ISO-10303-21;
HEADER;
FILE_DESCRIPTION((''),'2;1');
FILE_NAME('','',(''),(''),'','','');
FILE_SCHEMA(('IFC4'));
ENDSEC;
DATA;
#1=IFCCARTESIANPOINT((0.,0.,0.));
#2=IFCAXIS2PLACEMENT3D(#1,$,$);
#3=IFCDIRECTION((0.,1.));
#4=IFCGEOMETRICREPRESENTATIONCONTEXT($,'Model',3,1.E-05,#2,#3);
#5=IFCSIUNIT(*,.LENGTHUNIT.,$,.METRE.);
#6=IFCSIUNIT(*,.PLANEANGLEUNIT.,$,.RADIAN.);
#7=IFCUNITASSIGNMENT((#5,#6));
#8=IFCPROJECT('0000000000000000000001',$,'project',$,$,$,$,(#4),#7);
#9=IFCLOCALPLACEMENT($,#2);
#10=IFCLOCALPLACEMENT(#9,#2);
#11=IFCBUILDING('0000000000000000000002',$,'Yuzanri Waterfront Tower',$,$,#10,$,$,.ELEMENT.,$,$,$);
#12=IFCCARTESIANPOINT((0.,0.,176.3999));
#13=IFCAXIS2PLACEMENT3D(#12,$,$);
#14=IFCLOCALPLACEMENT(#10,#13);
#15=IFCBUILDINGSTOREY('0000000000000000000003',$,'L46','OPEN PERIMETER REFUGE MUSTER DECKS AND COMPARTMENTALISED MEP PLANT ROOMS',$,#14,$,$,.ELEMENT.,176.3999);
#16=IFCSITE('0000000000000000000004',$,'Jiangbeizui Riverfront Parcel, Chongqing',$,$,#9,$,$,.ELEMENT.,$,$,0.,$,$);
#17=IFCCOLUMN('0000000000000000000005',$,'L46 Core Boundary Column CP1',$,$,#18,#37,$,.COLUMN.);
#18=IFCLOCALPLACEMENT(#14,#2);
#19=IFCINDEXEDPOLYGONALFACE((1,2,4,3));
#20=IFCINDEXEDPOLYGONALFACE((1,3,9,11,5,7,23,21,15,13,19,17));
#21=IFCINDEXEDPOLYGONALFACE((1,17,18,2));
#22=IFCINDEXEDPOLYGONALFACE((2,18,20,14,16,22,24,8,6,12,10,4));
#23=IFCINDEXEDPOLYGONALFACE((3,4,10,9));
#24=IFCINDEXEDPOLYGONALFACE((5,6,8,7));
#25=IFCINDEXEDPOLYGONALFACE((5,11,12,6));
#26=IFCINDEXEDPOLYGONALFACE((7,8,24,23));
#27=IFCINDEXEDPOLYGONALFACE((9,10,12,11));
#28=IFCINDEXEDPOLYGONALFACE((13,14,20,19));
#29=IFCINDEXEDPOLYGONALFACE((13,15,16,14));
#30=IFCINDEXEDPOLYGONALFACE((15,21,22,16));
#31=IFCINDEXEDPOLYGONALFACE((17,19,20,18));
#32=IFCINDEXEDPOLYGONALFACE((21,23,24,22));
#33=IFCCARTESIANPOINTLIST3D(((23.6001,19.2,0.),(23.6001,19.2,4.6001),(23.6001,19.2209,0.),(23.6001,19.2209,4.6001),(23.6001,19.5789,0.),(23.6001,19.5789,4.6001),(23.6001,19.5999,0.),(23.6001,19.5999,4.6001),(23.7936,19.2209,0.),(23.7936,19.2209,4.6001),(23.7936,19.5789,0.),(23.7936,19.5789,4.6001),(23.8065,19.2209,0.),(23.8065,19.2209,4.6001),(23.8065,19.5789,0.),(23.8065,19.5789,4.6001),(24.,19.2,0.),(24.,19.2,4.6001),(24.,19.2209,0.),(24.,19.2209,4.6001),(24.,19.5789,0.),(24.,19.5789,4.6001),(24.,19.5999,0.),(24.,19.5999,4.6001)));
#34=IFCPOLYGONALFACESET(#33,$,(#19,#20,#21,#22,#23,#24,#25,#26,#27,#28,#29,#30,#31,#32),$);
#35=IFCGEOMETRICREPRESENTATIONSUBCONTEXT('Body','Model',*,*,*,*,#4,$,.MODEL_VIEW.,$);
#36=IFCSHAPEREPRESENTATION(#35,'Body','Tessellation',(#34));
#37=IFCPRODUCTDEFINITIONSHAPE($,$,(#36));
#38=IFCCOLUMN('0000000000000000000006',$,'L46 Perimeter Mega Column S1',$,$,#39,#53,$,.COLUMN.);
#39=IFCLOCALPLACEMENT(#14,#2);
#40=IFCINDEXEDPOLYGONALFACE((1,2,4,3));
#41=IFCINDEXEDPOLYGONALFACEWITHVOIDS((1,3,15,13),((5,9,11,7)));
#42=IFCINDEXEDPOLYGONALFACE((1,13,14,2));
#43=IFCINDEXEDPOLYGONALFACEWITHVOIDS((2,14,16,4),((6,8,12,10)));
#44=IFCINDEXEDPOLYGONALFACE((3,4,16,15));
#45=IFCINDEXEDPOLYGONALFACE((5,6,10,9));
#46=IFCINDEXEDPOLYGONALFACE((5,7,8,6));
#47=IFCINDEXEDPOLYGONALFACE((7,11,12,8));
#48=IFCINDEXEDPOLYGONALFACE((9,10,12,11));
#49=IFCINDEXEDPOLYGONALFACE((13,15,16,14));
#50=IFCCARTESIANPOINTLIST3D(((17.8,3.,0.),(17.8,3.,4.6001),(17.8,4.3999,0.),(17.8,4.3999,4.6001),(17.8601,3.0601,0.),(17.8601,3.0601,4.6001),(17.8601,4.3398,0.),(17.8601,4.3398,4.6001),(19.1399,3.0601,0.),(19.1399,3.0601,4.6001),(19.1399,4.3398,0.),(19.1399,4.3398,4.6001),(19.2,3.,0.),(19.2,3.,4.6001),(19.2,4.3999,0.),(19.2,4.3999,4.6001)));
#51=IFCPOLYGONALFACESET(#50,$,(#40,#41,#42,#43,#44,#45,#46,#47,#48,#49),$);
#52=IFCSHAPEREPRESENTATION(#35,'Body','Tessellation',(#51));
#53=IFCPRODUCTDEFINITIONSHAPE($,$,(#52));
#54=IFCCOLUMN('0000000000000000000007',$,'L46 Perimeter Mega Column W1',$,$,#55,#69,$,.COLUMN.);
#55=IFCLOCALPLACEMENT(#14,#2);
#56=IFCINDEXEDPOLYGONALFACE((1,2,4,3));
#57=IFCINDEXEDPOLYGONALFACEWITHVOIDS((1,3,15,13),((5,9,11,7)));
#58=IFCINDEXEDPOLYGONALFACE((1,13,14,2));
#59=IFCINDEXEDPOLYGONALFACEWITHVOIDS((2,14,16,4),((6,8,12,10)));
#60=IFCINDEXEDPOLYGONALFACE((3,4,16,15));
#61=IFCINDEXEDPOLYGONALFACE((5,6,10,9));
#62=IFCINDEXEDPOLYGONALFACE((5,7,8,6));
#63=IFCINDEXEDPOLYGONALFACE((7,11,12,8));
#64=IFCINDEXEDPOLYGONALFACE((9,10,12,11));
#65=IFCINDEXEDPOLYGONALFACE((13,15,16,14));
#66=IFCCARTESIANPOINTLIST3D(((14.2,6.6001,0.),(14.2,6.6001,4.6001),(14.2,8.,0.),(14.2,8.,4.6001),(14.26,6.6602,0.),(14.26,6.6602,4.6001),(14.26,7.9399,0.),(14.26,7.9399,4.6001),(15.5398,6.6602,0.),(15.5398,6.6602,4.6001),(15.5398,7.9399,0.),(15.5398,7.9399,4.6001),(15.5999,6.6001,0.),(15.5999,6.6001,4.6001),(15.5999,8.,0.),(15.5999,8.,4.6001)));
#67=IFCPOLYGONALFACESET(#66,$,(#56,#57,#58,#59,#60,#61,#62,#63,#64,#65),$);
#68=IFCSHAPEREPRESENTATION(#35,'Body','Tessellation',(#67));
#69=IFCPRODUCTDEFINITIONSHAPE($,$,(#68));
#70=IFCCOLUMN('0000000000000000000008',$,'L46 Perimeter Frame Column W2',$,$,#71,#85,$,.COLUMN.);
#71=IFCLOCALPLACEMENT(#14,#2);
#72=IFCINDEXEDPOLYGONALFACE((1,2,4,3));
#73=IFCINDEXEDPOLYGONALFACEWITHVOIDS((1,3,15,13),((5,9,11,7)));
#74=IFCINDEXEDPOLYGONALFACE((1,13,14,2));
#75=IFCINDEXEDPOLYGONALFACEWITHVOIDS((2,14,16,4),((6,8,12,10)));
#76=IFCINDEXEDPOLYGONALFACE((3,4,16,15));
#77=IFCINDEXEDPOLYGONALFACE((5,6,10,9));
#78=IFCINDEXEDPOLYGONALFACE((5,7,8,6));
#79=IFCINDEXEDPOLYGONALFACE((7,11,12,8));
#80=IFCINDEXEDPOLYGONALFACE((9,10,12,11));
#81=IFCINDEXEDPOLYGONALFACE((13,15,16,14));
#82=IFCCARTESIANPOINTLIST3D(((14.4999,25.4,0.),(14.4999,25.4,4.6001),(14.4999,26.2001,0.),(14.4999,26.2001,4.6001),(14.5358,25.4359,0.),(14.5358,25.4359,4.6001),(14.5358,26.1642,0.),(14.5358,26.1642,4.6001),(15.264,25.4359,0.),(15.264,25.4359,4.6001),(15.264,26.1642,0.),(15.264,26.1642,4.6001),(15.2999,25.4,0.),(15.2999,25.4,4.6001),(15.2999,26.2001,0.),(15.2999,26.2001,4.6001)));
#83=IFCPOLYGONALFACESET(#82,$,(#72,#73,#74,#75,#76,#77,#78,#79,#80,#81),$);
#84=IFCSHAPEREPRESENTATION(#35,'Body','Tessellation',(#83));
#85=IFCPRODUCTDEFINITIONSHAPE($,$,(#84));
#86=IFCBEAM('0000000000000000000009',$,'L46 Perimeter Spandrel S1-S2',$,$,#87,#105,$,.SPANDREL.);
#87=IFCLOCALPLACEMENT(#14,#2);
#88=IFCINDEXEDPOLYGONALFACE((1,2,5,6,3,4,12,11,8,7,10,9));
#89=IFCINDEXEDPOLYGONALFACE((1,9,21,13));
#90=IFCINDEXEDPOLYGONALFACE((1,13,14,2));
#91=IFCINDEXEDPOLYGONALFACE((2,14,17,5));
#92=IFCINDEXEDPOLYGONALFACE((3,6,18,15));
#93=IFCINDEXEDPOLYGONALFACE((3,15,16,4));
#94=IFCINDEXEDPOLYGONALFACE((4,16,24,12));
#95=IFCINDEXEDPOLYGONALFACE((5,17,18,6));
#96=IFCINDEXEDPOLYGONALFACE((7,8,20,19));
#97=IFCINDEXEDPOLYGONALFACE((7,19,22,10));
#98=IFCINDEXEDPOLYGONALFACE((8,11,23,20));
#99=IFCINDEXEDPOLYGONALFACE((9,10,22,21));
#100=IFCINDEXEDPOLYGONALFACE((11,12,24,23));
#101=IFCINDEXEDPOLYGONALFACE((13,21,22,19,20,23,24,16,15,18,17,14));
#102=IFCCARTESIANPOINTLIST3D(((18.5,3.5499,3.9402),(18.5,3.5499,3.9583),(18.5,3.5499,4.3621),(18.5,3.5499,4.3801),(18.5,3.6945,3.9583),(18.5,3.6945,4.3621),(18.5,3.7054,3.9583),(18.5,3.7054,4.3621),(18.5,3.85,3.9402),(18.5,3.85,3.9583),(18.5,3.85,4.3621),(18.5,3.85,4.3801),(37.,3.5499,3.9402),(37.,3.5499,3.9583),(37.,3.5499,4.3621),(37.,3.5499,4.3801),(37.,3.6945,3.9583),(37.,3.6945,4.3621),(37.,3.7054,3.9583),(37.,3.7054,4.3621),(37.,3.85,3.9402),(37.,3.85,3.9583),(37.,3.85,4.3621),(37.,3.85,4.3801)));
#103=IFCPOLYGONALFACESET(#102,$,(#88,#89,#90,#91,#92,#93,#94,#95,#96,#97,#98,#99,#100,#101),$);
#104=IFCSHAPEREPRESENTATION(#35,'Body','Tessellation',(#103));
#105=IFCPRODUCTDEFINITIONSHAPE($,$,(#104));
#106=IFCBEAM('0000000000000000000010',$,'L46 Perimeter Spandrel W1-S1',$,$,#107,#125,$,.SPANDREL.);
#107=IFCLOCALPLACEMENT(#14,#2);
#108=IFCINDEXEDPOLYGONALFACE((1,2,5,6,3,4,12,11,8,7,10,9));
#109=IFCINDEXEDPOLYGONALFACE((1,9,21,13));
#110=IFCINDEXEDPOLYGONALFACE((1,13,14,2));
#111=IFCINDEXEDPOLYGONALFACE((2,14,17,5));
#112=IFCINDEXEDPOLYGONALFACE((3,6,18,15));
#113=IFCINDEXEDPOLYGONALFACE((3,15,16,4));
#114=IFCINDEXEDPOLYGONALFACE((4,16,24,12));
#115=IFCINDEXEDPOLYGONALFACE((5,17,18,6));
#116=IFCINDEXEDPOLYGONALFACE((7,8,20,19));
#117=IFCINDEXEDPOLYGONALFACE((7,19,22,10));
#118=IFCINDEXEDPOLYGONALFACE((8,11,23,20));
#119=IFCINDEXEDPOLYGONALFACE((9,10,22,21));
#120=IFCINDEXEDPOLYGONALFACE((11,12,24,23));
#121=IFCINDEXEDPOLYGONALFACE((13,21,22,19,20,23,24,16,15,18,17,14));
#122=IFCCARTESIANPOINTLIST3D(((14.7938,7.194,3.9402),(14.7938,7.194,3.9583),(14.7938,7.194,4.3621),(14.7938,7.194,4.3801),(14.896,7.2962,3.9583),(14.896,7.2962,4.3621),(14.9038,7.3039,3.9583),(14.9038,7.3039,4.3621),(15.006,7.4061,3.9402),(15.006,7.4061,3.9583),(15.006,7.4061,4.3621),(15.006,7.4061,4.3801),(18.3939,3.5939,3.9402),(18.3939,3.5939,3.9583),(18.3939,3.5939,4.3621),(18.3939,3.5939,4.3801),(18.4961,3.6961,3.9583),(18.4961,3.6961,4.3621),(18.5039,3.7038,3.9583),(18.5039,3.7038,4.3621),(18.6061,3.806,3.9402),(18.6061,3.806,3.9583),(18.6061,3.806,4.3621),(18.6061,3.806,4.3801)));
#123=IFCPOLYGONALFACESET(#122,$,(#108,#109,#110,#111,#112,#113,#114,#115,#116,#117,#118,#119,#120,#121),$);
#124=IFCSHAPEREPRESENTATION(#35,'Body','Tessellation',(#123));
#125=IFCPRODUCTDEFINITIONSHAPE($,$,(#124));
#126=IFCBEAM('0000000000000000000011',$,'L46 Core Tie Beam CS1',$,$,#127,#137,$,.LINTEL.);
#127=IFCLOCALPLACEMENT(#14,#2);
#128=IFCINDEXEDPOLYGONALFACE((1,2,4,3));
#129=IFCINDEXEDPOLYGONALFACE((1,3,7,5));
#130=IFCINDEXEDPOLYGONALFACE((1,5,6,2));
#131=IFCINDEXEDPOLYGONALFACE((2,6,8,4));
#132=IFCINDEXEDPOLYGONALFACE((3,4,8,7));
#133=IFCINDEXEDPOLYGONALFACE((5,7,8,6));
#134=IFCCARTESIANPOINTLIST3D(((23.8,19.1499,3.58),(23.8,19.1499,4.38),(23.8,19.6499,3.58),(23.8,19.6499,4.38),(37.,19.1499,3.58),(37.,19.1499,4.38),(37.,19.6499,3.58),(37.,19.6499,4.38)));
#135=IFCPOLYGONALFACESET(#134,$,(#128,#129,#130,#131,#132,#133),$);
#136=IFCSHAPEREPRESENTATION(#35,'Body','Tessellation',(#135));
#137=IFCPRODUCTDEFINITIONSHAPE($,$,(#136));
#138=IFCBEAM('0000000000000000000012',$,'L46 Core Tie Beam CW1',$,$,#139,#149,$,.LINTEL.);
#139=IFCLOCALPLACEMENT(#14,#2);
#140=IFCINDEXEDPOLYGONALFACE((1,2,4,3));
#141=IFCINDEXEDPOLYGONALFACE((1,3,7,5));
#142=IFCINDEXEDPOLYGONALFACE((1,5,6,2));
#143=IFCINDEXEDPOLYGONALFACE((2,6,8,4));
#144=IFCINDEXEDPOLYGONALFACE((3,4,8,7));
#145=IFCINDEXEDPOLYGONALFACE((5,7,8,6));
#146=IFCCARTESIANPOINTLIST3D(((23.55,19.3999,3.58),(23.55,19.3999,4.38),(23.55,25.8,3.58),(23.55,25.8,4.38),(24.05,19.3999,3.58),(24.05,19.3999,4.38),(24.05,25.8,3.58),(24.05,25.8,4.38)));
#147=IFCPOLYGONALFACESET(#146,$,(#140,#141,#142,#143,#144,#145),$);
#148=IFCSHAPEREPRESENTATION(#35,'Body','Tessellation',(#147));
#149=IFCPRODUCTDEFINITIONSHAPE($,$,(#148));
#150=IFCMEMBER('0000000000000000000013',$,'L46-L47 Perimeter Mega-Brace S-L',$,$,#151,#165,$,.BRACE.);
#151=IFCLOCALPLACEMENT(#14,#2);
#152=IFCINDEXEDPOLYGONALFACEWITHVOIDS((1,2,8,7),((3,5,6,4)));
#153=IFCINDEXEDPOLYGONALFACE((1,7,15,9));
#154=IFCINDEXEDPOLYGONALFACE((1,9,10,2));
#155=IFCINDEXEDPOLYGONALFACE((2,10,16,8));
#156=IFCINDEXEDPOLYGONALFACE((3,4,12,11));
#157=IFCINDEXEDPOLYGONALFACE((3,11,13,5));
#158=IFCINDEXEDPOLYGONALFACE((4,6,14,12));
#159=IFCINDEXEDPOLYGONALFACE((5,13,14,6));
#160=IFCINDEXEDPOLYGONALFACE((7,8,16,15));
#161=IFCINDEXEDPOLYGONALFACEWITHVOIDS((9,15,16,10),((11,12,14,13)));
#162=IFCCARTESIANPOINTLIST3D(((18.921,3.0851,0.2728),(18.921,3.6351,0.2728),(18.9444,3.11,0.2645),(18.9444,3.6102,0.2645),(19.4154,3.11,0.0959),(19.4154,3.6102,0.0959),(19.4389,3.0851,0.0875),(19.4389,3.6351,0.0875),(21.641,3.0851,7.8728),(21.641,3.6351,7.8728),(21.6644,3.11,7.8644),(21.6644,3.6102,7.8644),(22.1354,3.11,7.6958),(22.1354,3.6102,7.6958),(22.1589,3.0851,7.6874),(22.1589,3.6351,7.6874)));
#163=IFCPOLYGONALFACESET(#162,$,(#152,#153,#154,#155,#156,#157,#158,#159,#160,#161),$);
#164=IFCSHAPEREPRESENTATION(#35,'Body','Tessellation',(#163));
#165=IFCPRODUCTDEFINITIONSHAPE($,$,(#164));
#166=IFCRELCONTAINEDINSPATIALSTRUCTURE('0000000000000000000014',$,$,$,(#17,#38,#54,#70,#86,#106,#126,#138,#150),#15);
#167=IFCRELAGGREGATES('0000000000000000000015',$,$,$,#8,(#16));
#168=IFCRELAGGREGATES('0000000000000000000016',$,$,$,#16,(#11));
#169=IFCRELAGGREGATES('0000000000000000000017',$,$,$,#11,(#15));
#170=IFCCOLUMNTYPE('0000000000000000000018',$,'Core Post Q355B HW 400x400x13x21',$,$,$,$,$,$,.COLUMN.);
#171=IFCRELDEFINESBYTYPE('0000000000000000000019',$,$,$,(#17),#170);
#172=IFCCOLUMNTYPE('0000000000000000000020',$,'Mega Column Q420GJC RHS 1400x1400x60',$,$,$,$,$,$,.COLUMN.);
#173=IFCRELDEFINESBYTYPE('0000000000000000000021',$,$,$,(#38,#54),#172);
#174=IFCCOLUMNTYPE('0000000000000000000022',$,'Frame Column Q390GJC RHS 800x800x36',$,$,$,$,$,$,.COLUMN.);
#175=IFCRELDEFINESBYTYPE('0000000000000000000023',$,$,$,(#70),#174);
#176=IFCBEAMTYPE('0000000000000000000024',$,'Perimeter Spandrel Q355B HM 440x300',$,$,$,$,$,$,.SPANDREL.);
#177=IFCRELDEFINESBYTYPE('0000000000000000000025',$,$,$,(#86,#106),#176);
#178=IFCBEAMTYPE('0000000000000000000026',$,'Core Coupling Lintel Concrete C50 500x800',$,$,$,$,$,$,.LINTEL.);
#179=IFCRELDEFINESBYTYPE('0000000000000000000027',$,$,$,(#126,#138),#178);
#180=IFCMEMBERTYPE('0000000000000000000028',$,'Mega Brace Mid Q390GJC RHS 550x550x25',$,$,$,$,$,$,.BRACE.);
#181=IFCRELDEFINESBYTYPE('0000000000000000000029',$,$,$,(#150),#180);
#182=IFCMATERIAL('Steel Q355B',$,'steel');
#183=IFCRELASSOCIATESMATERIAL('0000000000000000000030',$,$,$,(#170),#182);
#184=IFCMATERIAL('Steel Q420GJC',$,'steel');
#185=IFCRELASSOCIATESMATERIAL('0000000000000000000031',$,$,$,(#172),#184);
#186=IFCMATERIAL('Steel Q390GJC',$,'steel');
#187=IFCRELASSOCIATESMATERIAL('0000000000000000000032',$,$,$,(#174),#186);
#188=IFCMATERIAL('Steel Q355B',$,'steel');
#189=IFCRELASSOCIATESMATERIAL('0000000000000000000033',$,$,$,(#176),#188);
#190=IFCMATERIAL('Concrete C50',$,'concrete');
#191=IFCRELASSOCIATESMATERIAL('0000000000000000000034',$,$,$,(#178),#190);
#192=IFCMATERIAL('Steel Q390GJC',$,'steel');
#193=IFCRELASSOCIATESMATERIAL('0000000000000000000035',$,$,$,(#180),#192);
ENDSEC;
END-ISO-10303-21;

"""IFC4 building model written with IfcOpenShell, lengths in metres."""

from ifc_helpers import new_model, si_unit, direction, frame, origin, origin_2d, place, context, subcontext, project, spatial, rectangle, hollow_rectangle, i_section, extrude, source, transform, mapped, material, material_profile, profile_set, type_object, element, save


model = new_model("IFC4")

# Units and contexts
model_context = context("Model", 3, precision=1e-05, world=origin(), true_north=direction((0.0, 1.0)))
body_context = subcontext(model_context, "Body", "Model", "MODEL_VIEW")
ifc_project = project(units=[si_unit("LENGTHUNIT", "METRE"), si_unit("PLANEANGLEUNIT", "RADIAN")], contexts=[model_context])

# Site, building, storey
site_placement = place(None, origin())
site = spatial("IfcSite", under=ifc_project, at=site_placement, Name="Jiangbeizui Riverfront Parcel, Chongqing", CompositionType="ELEMENT", RefElevation=0.0)
building_placement = place(site_placement, origin())
building = spatial("IfcBuilding", under=site, at=building_placement, Name="Yuzanri Waterfront Tower", CompositionType="ELEMENT")
storey_placement = place(building_placement, frame((0.0, 0.0, 176.3999)))
storey = spatial("IfcBuildingStorey", under=building, at=storey_placement, Name="L46", Description="OPEN PERIMETER REFUGE MUSTER DECKS AND COMPARTMENTALISED MEP PLANT ROOMS", CompositionType="ELEMENT", Elevation=176.3999)

# Columns
ifc_material_1 = material(Name="Steel Q355B", Category="steel")
ifc_material_profile_1 = material_profile(ifc_material_1, i_section(OverallWidth=0.3999, OverallDepth=0.3999, WebThickness=0.0129, FlangeThickness=0.021, at=origin_2d()), Name="HW 400x400x13x21")
ifc_profile_set_1 = profile_set([ifc_material_profile_1], Name="Steel Q355B")
column_type_1 = type_object("IfcColumnType", Name="Core Post Q355B HW 400x400x13x21", PredefinedType="COLUMN", material=ifc_profile_set_1)
shared_shape_1 = source(origin(), body_context, "Body", "SweptSolid", [
    extrude(i_section(OverallWidth=0.3999, OverallDepth=0.3999, WebThickness=0.0129, FlangeThickness=0.021, at=origin_2d()), origin(), (0.0, 0.0, 1.0), 4.6001),
])
column_1_placement = place(storey_placement, frame((23.8, 19.3999, 0.0), z_axis=(0.0, 0.0, 1.0), x_axis=(1.0, 0.0, 0.0)))
element("IfcColumn", 1, at=column_1_placement, inside=storey, type_object=column_type_1, Name="L46 Core Boundary Column CP1", PredefinedType="COLUMN", context=body_context, shape_type="MappedRepresentation", body=[
    mapped(shared_shape_1, transform((0.0, 0.0, 0.0), scale=1.0)),
])
ifc_material_2 = material(Name="Steel Q420GJC", Category="steel")
ifc_material_profile_2 = material_profile(ifc_material_2, hollow_rectangle(XDim=1.3999, YDim=1.3999, WallThickness=0.0601, at=origin_2d()), Name="RHS 1400x1400x60")
ifc_profile_set_2 = profile_set([ifc_material_profile_2], Name="Steel Q420GJC")
column_type_2 = type_object("IfcColumnType", Name="Mega Column Q420GJC RHS 1400x1400x60", PredefinedType="COLUMN", material=ifc_profile_set_2)
shared_shape_2 = source(origin(), body_context, "Body", "SweptSolid", [
    extrude(hollow_rectangle(XDim=1.3999, YDim=1.3999, WallThickness=0.0601, at=origin_2d()), origin(), (0.0, 0.0, 1.0), 4.6001),
])
for number, where, z_axis, x_axis, name in (
    (2, (18.5, 3.7, 0.0), (0.0, 0.0, 1.0), (1.0, 0.0, 0.0), "L46 Perimeter Mega Column S1"),
    (3, (14.8999, 7.3, 0.0), (0.0, 0.0, 1.0), (1.0, 0.0, 0.0), "L46 Perimeter Mega Column W1"),
):
    element("IfcColumn", number, at=place(storey_placement, frame(where, z_axis=z_axis, x_axis=x_axis)), inside=storey, type_object=column_type_2, Name=name, PredefinedType="COLUMN", context=body_context, shape_type="MappedRepresentation", body=[
        mapped(shared_shape_2, transform((0.0, 0.0, 0.0), scale=1.0)),
    ])
ifc_material_3 = material(Name="Steel Q390GJC", Category="steel")
ifc_material_profile_3 = material_profile(ifc_material_3, hollow_rectangle(XDim=0.8, YDim=0.8, WallThickness=0.0359, at=origin_2d()), Name="RHS 800x800x36")
ifc_profile_set_3 = profile_set([ifc_material_profile_3], Name="Steel Q390GJC")
column_type_3 = type_object("IfcColumnType", Name="Frame Column Q390GJC RHS 800x800x36", PredefinedType="COLUMN", material=ifc_profile_set_3)
shared_shape_3 = source(origin(), body_context, "Body", "SweptSolid", [
    extrude(hollow_rectangle(XDim=0.8, YDim=0.8, WallThickness=0.0359, at=origin_2d()), origin(), (0.0, 0.0, 1.0), 4.6001),
])
column_2_placement = place(storey_placement, frame((14.8999, 25.8, 0.0), z_axis=(0.0, 0.0, 1.0), x_axis=(1.0, 0.0, 0.0)))
element("IfcColumn", 4, at=column_2_placement, inside=storey, type_object=column_type_3, Name="L46 Perimeter Frame Column W2", PredefinedType="COLUMN", context=body_context, shape_type="MappedRepresentation", body=[
    mapped(shared_shape_3, transform((0.0, 0.0, 0.0), scale=1.0)),
])

# Beams
ifc_material_4 = material(Name="Steel Q355B", Category="steel")
ifc_material_profile_4 = material_profile(ifc_material_4, i_section(OverallWidth=0.3, OverallDepth=0.4399, WebThickness=0.011, FlangeThickness=0.0181, at=origin_2d()), Name="HM 440x300x11x18")
ifc_profile_set_4 = profile_set([ifc_material_profile_4], Name="Steel Q355B")
beam_type_1 = type_object("IfcBeamType", Name="Perimeter Spandrel Q355B HM 440x300", PredefinedType="SPANDREL", material=ifc_profile_set_4)
shared_shape_4 = source(origin(), body_context, "Body", "SweptSolid", [
    extrude(i_section(OverallWidth=0.3, OverallDepth=0.4399, WebThickness=0.011, FlangeThickness=0.0181, at=origin_2d()), origin(), (0.0, 0.0, 1.0), 18.5),
])
beam_1_placement = place(storey_placement, frame((18.5, 3.7, 4.1602), z_axis=(1.0, 0.0, 0.0), x_axis=(0.0, 1.0, 0.0)))
element("IfcBeam", 5, at=beam_1_placement, inside=storey, type_object=beam_type_1, Name="L46 Perimeter Spandrel S1-S2", PredefinedType="SPANDREL", context=body_context, shape_type="MappedRepresentation", body=[
    mapped(shared_shape_4, transform((0.0, 0.0, 0.0), scale=1.0)),
])
shared_shape_5 = source(origin(), body_context, "Body", "SweptSolid", [
    extrude(i_section(OverallWidth=0.3, OverallDepth=0.4399, WebThickness=0.011, FlangeThickness=0.0181, at=origin_2d()), origin(), (0.0, 0.0, 1.0), 5.0913),
])
beam_2_placement = place(storey_placement, frame((14.8999, 7.3, 4.1602), z_axis=(0.707107, -0.707107, 0.0), x_axis=(0.707107, 0.707107, 0.0)))
element("IfcBeam", 6, at=beam_2_placement, inside=storey, type_object=beam_type_1, Name="L46 Perimeter Spandrel W1-S1", PredefinedType="SPANDREL", context=body_context, shape_type="MappedRepresentation", body=[
    mapped(shared_shape_5, transform((0.0, 0.0, 0.0), scale=1.0)),
])
ifc_material_5 = material(Name="Concrete C50", Category="concrete")
ifc_material_profile_5 = material_profile(ifc_material_5, rectangle(XDim=0.5, YDim=0.8, at=origin_2d()), Name="RC 500x800")
ifc_profile_set_5 = profile_set([ifc_material_profile_5], Name="Concrete C50")
beam_type_2 = type_object("IfcBeamType", Name="Core Coupling Lintel Concrete C50 500x800", PredefinedType="LINTEL", material=ifc_profile_set_5)
shared_shape_6 = source(origin(), body_context, "Body", "SweptSolid", [
    extrude(rectangle(XDim=0.5, YDim=0.8, at=origin_2d()), origin(), (0.0, 0.0, 1.0), 13.2),
])
beam_3_placement = place(storey_placement, frame((23.8, 19.3999, 3.98), z_axis=(1.0, 0.0, 0.0), x_axis=(0.0, 1.0, 0.0)))
element("IfcBeam", 7, at=beam_3_placement, inside=storey, type_object=beam_type_2, Name="L46 Core Tie Beam CS1", PredefinedType="LINTEL", context=body_context, shape_type="MappedRepresentation", body=[
    mapped(shared_shape_6, transform((0.0, 0.0, 0.0), scale=1.0)),
])
shared_shape_7 = source(origin(), body_context, "Body", "SweptSolid", [
    extrude(rectangle(XDim=0.5, YDim=0.8, at=origin_2d()), origin(), (0.0, 0.0, 1.0), 6.4001),
])
beam_4_placement = place(storey_placement, frame((23.8, 19.3999, 3.98), z_axis=(0.0, 1.0, 0.0), x_axis=(-1.0, 0.0, 0.0)))
element("IfcBeam", 8, at=beam_4_placement, inside=storey, type_object=beam_type_2, Name="L46 Core Tie Beam CW1", PredefinedType="LINTEL", context=body_context, shape_type="MappedRepresentation", body=[
    mapped(shared_shape_7, transform((0.0, 0.0, 0.0), scale=1.0)),
])

# Member
ifc_material_6 = material(Name="Steel Q390GJC", Category="steel")
ifc_material_profile_6 = material_profile(ifc_material_6, hollow_rectangle(XDim=0.55, YDim=0.55, WallThickness=0.0249, at=origin_2d()), Name="RHS 550x550x25")
ifc_profile_set_6 = profile_set([ifc_material_profile_6], Name="Steel Q390GJC")
member_type = type_object("IfcMemberType", Name="Mega Brace Mid Q390GJC RHS 550x550x25", PredefinedType="BRACE", material=ifc_profile_set_6)
shared_shape_8 = source(origin(), body_context, "Body", "SweptSolid", [
    extrude(hollow_rectangle(XDim=0.55, YDim=0.55, WallThickness=0.0249, at=origin_2d()), origin(), (0.0, 0.0, 1.0), 8.072),
])
for number, where, z_axis, x_axis, name in (
    (9, (19.1799, 3.3601, 0.1802), (0.336967, 0.0, 0.941517), (0.0, 1.0, 0.0), "L46-L47 Perimeter Mega-Brace S-L"),
):
    element("IfcMember", number, at=place(storey_placement, frame(where, z_axis=z_axis, x_axis=x_axis)), inside=storey, type_object=member_type, Name=name, PredefinedType="BRACE", context=body_context, shape_type="MappedRepresentation", body=[
        mapped(shared_shape_8, transform((0.0, 0.0, 0.0), scale=1.0)),
    ])

save(model, "model.ifc")
